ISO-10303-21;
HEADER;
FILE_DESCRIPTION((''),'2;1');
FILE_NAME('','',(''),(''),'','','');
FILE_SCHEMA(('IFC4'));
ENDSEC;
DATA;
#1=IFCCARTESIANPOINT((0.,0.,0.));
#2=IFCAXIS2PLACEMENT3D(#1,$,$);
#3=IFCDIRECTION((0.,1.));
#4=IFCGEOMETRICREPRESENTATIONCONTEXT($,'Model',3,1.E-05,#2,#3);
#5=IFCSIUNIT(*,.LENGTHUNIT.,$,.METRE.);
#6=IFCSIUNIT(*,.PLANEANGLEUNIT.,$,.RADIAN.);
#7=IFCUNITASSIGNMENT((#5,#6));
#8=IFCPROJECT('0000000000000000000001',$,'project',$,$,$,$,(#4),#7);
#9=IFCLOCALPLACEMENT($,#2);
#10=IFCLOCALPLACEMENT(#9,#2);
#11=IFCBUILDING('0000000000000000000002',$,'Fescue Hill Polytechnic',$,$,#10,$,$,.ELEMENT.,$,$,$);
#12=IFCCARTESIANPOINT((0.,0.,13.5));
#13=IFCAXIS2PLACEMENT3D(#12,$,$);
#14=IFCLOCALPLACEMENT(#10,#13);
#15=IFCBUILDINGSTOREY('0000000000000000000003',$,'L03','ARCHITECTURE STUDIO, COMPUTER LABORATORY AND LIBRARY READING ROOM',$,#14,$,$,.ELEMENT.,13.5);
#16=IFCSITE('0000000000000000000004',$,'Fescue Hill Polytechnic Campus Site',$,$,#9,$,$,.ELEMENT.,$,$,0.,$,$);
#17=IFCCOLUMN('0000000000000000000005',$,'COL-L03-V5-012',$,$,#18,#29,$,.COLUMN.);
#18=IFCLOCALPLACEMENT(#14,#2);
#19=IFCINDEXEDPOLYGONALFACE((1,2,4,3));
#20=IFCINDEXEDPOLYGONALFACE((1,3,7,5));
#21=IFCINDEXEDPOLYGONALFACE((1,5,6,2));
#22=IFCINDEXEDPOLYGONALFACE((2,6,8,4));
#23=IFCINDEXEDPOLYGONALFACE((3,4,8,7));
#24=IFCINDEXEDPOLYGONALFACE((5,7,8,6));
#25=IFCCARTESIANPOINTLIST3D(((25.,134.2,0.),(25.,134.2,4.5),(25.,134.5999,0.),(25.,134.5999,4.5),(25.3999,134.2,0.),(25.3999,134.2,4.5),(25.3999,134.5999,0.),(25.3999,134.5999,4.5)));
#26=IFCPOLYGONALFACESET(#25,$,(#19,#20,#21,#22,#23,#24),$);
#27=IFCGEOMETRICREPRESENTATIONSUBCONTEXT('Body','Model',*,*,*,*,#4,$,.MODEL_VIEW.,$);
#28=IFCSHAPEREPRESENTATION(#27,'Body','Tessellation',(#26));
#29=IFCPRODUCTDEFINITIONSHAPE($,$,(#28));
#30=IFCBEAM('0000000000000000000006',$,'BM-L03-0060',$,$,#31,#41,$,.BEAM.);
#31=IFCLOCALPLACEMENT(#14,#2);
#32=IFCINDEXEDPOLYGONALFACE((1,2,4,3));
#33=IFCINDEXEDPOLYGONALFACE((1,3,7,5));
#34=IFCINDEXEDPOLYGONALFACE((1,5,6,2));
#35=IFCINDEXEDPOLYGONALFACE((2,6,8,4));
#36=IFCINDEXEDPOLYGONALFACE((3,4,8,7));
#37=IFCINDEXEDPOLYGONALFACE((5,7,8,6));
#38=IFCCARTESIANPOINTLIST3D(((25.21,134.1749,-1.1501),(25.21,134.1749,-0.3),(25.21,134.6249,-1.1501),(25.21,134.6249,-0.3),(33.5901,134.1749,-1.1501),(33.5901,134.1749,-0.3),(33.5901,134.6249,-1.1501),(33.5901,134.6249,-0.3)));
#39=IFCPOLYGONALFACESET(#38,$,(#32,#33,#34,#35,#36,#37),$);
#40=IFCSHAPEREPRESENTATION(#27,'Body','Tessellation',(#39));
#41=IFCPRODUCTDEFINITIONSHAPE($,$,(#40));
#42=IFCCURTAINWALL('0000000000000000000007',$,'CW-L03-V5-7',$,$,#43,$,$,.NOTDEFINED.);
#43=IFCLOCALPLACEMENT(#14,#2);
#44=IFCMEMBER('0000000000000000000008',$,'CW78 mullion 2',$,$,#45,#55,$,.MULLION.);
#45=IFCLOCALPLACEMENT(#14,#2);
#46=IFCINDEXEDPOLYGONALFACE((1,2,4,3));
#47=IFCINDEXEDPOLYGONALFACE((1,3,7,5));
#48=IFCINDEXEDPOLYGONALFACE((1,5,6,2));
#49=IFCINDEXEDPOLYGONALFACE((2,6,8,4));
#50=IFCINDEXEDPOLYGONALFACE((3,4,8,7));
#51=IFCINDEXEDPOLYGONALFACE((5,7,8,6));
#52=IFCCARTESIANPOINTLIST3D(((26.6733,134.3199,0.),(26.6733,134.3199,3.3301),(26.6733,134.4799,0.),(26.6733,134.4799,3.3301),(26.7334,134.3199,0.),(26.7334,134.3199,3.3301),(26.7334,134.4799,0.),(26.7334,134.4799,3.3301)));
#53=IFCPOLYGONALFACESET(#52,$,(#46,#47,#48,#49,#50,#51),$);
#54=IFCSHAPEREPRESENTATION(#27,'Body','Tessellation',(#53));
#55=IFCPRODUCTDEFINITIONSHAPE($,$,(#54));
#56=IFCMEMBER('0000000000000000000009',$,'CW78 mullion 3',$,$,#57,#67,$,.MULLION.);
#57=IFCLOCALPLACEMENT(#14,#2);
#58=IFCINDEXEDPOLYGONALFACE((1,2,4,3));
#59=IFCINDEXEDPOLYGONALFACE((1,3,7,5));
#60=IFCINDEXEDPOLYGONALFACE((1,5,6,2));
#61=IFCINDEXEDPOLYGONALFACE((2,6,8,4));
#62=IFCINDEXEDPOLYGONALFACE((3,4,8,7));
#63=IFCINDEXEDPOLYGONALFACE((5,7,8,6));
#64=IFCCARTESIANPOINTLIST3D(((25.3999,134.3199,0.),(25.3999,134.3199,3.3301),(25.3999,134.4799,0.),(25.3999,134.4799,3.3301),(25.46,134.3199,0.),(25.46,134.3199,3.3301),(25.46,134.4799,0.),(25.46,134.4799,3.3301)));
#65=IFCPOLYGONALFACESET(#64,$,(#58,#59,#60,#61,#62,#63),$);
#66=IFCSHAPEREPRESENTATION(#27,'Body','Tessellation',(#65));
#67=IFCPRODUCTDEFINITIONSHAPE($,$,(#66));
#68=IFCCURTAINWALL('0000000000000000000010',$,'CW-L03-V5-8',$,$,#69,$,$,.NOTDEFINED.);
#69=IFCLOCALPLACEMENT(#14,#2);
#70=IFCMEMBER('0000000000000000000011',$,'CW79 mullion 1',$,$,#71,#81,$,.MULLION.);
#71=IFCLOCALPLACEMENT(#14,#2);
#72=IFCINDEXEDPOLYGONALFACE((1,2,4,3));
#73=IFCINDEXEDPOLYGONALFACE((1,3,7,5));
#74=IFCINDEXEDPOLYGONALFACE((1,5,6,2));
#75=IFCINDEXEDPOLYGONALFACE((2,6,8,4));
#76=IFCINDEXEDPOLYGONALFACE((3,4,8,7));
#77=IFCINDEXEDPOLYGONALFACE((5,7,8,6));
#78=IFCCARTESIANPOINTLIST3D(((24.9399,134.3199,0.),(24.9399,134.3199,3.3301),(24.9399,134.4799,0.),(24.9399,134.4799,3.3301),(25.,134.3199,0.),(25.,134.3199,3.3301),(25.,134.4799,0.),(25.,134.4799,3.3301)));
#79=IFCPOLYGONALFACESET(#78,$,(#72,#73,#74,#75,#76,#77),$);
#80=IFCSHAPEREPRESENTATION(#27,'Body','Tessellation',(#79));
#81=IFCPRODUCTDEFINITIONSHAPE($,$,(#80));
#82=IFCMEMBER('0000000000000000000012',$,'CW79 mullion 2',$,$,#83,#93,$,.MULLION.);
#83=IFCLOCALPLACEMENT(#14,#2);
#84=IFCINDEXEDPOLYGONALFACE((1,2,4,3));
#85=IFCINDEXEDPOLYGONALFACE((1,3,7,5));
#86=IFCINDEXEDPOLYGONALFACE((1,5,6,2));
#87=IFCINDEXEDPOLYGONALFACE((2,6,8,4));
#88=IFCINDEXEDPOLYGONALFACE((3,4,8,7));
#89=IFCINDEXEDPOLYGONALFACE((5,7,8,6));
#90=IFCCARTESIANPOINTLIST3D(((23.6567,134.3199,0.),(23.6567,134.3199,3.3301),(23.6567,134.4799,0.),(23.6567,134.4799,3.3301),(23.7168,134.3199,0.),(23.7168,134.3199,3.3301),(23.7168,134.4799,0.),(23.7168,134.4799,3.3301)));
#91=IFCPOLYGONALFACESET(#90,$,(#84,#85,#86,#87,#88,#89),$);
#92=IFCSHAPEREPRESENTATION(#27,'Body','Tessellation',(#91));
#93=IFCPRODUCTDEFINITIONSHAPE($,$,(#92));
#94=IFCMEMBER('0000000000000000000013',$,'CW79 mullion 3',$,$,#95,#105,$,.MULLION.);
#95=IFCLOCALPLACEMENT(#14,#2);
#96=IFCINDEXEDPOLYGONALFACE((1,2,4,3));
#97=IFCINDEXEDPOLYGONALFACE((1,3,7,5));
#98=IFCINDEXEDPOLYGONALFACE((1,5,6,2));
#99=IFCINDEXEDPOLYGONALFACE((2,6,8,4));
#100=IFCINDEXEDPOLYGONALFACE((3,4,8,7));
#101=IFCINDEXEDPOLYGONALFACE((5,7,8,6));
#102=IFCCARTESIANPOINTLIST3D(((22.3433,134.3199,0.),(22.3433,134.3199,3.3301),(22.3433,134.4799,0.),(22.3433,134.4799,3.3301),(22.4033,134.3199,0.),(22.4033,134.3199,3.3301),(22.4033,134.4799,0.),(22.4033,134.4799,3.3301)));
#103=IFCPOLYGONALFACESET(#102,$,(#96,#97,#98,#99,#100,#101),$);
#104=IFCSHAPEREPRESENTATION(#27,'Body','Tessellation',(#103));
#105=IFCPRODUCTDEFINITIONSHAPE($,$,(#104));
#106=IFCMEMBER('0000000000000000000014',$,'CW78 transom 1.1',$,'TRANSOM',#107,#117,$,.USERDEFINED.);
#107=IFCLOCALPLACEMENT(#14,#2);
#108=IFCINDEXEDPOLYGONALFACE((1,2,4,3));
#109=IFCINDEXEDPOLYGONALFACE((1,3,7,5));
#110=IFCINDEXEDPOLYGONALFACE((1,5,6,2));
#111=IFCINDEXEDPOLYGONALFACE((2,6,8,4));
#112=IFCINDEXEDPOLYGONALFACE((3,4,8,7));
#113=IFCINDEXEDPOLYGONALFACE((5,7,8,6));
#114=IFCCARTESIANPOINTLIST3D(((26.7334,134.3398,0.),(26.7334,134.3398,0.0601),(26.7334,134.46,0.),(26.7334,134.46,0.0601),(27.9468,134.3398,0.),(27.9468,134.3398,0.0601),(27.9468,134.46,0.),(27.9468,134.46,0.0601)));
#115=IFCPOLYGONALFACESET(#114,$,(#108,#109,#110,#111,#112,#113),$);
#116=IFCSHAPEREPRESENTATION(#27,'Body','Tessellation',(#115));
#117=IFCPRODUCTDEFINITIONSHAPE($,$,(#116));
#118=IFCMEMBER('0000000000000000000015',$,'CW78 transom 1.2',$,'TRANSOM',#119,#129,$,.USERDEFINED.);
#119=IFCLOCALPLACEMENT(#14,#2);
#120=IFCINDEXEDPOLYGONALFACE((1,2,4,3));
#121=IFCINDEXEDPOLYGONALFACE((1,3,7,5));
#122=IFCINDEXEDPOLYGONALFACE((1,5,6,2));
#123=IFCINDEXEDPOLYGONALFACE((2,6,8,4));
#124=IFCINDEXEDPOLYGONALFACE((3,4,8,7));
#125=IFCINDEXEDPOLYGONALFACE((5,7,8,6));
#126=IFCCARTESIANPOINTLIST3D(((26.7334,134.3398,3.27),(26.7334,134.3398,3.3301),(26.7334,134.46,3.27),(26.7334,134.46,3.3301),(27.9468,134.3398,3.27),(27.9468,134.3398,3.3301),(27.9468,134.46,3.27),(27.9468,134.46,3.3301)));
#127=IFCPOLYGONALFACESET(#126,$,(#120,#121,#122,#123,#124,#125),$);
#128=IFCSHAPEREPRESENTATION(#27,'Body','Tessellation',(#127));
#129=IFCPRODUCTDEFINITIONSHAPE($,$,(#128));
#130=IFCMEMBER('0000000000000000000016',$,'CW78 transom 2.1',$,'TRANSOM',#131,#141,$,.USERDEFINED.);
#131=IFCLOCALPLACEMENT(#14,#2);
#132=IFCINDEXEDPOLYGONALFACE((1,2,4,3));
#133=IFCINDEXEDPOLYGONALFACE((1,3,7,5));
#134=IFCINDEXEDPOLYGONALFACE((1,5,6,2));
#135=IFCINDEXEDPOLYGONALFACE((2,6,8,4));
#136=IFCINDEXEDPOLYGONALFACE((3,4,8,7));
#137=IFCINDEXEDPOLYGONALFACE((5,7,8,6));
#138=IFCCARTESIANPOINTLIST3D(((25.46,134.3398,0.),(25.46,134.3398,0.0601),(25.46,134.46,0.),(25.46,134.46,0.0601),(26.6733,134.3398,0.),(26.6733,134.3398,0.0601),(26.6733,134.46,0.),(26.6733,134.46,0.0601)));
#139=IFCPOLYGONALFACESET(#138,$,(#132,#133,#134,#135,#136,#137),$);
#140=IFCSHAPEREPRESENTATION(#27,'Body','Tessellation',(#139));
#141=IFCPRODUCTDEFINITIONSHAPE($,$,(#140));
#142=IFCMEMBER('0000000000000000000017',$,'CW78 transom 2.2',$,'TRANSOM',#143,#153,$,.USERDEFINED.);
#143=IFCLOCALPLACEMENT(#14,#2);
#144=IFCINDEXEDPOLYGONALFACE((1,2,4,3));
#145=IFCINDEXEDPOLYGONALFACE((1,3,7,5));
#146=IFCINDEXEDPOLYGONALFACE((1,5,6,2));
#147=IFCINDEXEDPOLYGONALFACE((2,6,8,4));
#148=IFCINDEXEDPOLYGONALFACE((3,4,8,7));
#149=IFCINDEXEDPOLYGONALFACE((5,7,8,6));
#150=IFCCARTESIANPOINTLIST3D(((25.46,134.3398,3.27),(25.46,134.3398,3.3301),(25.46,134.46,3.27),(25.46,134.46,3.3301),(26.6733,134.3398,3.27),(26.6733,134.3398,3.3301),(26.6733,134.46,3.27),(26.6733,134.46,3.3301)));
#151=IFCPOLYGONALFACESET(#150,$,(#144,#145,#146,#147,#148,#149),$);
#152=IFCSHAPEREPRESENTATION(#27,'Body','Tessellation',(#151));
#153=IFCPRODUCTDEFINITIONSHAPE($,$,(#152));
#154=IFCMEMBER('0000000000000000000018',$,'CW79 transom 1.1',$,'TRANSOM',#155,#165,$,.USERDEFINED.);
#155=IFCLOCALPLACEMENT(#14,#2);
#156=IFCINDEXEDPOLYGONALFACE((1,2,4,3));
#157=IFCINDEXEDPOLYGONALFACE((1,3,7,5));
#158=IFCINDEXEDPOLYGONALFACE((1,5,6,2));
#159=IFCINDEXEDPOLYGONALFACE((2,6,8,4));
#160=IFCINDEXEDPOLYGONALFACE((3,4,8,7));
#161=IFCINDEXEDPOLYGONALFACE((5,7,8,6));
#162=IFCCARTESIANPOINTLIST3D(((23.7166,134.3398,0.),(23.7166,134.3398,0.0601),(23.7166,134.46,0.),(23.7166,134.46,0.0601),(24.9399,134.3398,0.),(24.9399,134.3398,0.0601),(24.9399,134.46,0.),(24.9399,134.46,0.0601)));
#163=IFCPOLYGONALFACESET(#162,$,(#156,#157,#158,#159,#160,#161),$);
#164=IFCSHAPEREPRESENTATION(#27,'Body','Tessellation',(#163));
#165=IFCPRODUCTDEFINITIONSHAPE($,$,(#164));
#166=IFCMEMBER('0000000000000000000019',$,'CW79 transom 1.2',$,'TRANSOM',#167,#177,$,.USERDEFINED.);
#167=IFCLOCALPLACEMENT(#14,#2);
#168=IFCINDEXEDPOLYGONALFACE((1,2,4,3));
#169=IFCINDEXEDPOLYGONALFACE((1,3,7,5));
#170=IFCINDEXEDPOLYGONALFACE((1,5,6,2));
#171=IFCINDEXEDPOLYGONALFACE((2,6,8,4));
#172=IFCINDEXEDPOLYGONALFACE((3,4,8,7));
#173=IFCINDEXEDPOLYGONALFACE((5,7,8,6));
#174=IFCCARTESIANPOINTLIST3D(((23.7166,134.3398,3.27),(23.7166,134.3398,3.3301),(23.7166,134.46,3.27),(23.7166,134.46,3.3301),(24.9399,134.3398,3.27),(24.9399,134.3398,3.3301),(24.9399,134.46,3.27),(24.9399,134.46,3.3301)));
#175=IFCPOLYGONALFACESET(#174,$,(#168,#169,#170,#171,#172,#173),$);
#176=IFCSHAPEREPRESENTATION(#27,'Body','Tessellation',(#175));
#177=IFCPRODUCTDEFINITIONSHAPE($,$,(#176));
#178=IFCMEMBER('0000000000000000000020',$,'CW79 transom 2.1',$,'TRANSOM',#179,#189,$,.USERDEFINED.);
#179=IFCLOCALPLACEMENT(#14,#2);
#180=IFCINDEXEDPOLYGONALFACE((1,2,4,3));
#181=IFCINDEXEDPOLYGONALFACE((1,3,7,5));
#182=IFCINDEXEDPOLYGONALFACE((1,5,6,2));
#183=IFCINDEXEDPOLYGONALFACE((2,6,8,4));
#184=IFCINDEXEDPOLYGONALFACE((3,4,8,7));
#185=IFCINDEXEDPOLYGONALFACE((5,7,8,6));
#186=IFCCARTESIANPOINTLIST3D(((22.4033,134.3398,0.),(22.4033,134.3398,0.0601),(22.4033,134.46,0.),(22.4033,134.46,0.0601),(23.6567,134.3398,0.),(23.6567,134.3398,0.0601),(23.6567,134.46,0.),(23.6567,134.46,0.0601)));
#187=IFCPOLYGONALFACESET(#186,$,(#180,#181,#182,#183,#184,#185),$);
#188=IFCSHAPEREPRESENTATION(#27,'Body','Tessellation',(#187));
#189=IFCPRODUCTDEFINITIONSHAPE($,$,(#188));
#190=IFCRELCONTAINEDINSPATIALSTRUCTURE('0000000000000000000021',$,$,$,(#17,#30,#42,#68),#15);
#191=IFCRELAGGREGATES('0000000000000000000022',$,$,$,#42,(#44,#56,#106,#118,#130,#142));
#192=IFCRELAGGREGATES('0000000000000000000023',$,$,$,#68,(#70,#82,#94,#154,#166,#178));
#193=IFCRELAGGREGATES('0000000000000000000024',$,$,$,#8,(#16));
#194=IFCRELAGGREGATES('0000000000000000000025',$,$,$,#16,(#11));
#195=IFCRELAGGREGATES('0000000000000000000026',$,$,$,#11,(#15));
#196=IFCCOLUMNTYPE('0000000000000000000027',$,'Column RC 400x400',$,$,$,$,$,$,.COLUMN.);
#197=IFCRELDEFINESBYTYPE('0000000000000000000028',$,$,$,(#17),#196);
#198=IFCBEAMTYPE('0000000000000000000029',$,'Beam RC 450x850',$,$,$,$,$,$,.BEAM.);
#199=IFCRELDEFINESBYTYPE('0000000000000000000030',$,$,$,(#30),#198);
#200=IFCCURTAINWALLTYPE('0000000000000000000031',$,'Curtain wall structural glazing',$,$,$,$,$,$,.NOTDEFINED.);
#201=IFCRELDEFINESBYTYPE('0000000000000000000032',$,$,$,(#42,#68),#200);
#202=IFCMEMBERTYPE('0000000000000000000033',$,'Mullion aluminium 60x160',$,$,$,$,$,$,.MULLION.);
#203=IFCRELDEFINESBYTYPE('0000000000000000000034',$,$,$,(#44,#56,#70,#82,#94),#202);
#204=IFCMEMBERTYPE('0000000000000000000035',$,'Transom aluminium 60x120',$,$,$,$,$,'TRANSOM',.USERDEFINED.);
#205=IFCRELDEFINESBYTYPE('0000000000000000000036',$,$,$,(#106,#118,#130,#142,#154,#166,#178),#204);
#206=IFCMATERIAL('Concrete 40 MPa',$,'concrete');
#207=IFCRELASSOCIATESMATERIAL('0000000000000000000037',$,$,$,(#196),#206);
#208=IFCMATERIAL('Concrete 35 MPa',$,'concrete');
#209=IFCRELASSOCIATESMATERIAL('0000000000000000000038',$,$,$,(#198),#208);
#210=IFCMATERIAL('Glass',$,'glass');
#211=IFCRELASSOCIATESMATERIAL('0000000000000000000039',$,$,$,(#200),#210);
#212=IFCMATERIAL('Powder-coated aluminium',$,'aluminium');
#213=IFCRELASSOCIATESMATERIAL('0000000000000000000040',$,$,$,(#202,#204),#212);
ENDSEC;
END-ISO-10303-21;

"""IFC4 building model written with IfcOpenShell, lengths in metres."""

from ifc_helpers import new_model, si_unit, direction, frame, origin, origin_2d, place, context, subcontext, project, spatial, rectangle, extrude, material, material_profile, profile_set, type_object, element, aggregate, save


model = new_model("IFC4")

# Units and contexts
model_context = context("Model", 3, precision=1e-05, world=origin(), true_north=direction((0.0, 1.0)))
body_context = subcontext(model_context, "Body", "Model", "MODEL_VIEW")
ifc_project = project(units=[si_unit("LENGTHUNIT", "METRE"), si_unit("PLANEANGLEUNIT", "RADIAN")], contexts=[model_context])

# Site, building, storey
site_placement = place(None, origin())
site = spatial("IfcSite", under=ifc_project, at=site_placement, Name="Fescue Hill Polytechnic Campus Site", CompositionType="ELEMENT", RefElevation=0.0)
building_placement = place(site_placement, origin())
building = spatial("IfcBuilding", under=site, at=building_placement, Name="Fescue Hill Polytechnic", CompositionType="ELEMENT")
storey_placement = place(building_placement, frame((0.0, 0.0, 13.5)))
storey = spatial("IfcBuildingStorey", under=building, at=storey_placement, Name="L03", Description="ARCHITECTURE STUDIO, COMPUTER LABORATORY AND LIBRARY READING ROOM", CompositionType="ELEMENT", Elevation=13.5)

# Column
ifc_material_1 = material(Name="Concrete 40 MPa", Category="concrete")
ifc_material_profile_1 = material_profile(ifc_material_1, rectangle(XDim=0.3999, YDim=0.3999, at=origin_2d()), Name="RC 400x400")
ifc_profile_set_1 = profile_set([ifc_material_profile_1], Name="Concrete 40 MPa")
column_type = type_object("IfcColumnType", Name="Column RC 400x400", PredefinedType="COLUMN", material=ifc_profile_set_1)
column_placement = place(storey_placement, frame((25.2, 134.3999, 0.0), z_axis=(0.0, 0.0, 1.0), x_axis=(1.0, 0.0, 0.0)))
element("IfcColumn", 1, at=column_placement, inside=storey, type_object=column_type, Name="COL-L03-V5-012", PredefinedType="COLUMN", context=body_context, shape_type="SweptSolid", body=[
    extrude(rectangle(XDim=0.3999, YDim=0.3999, at=origin_2d()), origin(), (0.0, 0.0, 1.0), 4.5),
])

# Beam
ifc_material_2 = material(Name="Concrete 35 MPa", Category="concrete")
ifc_material_profile_2 = material_profile(ifc_material_2, rectangle(XDim=0.45, YDim=0.8501, at=origin_2d()), Name="RC 450x850")
ifc_profile_set_2 = profile_set([ifc_material_profile_2], Name="Concrete 35 MPa")
beam_type = type_object("IfcBeamType", Name="Beam RC 450x850", PredefinedType="BEAM", material=ifc_profile_set_2)
beam_placement = place(storey_placement, frame((25.21, 134.3999, -0.7251), z_axis=(1.0, 0.0, 0.0), x_axis=(0.0, 1.0, 0.0)))
element("IfcBeam", 2, at=beam_placement, inside=storey, type_object=beam_type, Name="BM-L03-0060", PredefinedType="BEAM", context=body_context, shape_type="SweptSolid", body=[
    extrude(rectangle(XDim=0.45, YDim=0.8501, at=origin_2d()), origin(), (0.0, 0.0, 1.0), 8.3801),
])

# Curtain walls, members
ifc_material_3 = material(Name="Glass", Category="glass")
curtain_wall_type = type_object("IfcCurtainWallType", Name="Curtain wall structural glazing", PredefinedType="NOTDEFINED", material=ifc_material_3)
curtain_wall_1_placement = place(storey_placement, origin())
curtain_wall_1 = element("IfcCurtainWall", 3, at=curtain_wall_1_placement, inside=storey, type_object=curtain_wall_type, Name="CW-L03-V5-7", PredefinedType="NOTDEFINED")
ifc_material_4 = material(Name="Powder-coated aluminium", Category="aluminium")
ifc_material_profile_3 = material_profile(ifc_material_4, rectangle(XDim=0.1599, YDim=0.0601, at=origin_2d()), Name="Mullion aluminium 60x160")
ifc_profile_set_3 = profile_set([ifc_material_profile_3], Name="Powder-coated aluminium")
member_type_1 = type_object("IfcMemberType", Name="Mullion aluminium 60x160", PredefinedType="MULLION", material=ifc_profile_set_3)
member_1_placement = place(storey_placement, frame((26.7034, 134.3999, 0.0), z_axis=(0.0, 0.0, 1.0), x_axis=(0.0, -1.0, 0.0)))
member_1 = element("IfcMember", 4, at=member_1_placement, type_object=member_type_1, Name="CW78 mullion 2", PredefinedType="MULLION", context=body_context, shape_type="SweptSolid", body=[
    extrude(rectangle(XDim=0.1599, YDim=0.0601, at=origin_2d()), origin(), (0.0, 0.0, 1.0), 3.3301),
])
member_2_placement = place(storey_placement, frame((25.4299, 134.3999, 0.0), z_axis=(0.0, 0.0, 1.0), x_axis=(0.0, -1.0, 0.0)))
member_2 = element("IfcMember", 5, at=member_2_placement, type_object=member_type_1, Name="CW78 mullion 3", PredefinedType="MULLION", context=body_context, shape_type="SweptSolid", body=[
    extrude(rectangle(XDim=0.1599, YDim=0.0601, at=origin_2d()), origin(), (0.0, 0.0, 1.0), 3.3301),
])
curtain_wall_2_placement = place(storey_placement, origin())
curtain_wall_2 = element("IfcCurtainWall", 6, at=curtain_wall_2_placement, inside=storey, type_object=curtain_wall_type, Name="CW-L03-V5-8", PredefinedType="NOTDEFINED")
member_3_placement = place(storey_placement, frame((24.97, 134.3999, 0.0), z_axis=(0.0, 0.0, 1.0), x_axis=(0.0, -1.0, 0.0)))
member_3 = element("IfcMember", 7, at=member_3_placement, type_object=member_type_1, Name="CW79 mullion 1", PredefinedType="MULLION", context=body_context, shape_type="SweptSolid", body=[
    extrude(rectangle(XDim=0.1599, YDim=0.0601, at=origin_2d()), origin(), (0.0, 0.0, 1.0), 3.3301),
])
member_4_placement = place(storey_placement, frame((23.6868, 134.3999, 0.0), z_axis=(0.0, 0.0, 1.0), x_axis=(0.0, -1.0, 0.0)))
member_4 = element("IfcMember", 8, at=member_4_placement, type_object=member_type_1, Name="CW79 mullion 2", PredefinedType="MULLION", context=body_context, shape_type="SweptSolid", body=[
    extrude(rectangle(XDim=0.1599, YDim=0.0601, at=origin_2d()), origin(), (0.0, 0.0, 1.0), 3.3301),
])
member_5_placement = place(storey_placement, frame((22.3733, 134.3999, 0.0), z_axis=(0.0, 0.0, 1.0), x_axis=(0.0, -1.0, 0.0)))
member_5 = element("IfcMember", 9, at=member_5_placement, type_object=member_type_1, Name="CW79 mullion 3", PredefinedType="MULLION", context=body_context, shape_type="SweptSolid", body=[
    extrude(rectangle(XDim=0.1599, YDim=0.0601, at=origin_2d()), origin(), (0.0, 0.0, 1.0), 3.3301),
])

# Members
ifc_material_profile_4 = material_profile(ifc_material_4, rectangle(XDim=0.1201, YDim=0.0601, at=origin_2d()), Name="Transom aluminium 60x120")
ifc_profile_set_4 = profile_set([ifc_material_profile_4], Name="Powder-coated aluminium")
member_type_2 = type_object("IfcMemberType", Name="Transom aluminium 60x120", ElementType="TRANSOM", PredefinedType="USERDEFINED", material=ifc_profile_set_4)
member_6_placement = place(storey_placement, frame((27.9468, 134.3999, 0.03), z_axis=(-1.0, 0.0, 0.0), x_axis=(0.0, -1.0, 0.0)))
member_6 = element("IfcMember", 10, at=member_6_placement, type_object=member_type_2, Name="CW78 transom 1.1", ObjectType="TRANSOM", PredefinedType="USERDEFINED", context=body_context, shape_type="SweptSolid", body=[
    extrude(rectangle(XDim=0.1201, YDim=0.0601, at=origin_2d()), origin(), (0.0, 0.0, 1.0), 1.2134),
])
member_7_placement = place(storey_placement, frame((27.9468, 134.3999, 3.3), z_axis=(-1.0, 0.0, 0.0), x_axis=(0.0, -1.0, 0.0)))
member_7 = element("IfcMember", 11, at=member_7_placement, type_object=member_type_2, Name="CW78 transom 1.2", ObjectType="TRANSOM", PredefinedType="USERDEFINED", context=body_context, shape_type="SweptSolid", body=[
    extrude(rectangle(XDim=0.1201, YDim=0.0601, at=origin_2d()), origin(), (0.0, 0.0, 1.0), 1.2134),
])
member_8_placement = place(storey_placement, frame((26.6733, 134.3999, 0.03), z_axis=(-1.0, 0.0, 0.0), x_axis=(0.0, -1.0, 0.0)))
member_8 = element("IfcMember", 12, at=member_8_placement, type_object=member_type_2, Name="CW78 transom 2.1", ObjectType="TRANSOM", PredefinedType="USERDEFINED", context=body_context, shape_type="SweptSolid", body=[
    extrude(rectangle(XDim=0.1201, YDim=0.0601, at=origin_2d()), origin(), (0.0, 0.0, 1.0), 1.2134),
])
member_9_placement = place(storey_placement, frame((26.6733, 134.3999, 3.3), z_axis=(-1.0, 0.0, 0.0), x_axis=(0.0, -1.0, 0.0)))
member_9 = element("IfcMember", 13, at=member_9_placement, type_object=member_type_2, Name="CW78 transom 2.2", ObjectType="TRANSOM", PredefinedType="USERDEFINED", context=body_context, shape_type="SweptSolid", body=[
    extrude(rectangle(XDim=0.1201, YDim=0.0601, at=origin_2d()), origin(), (0.0, 0.0, 1.0), 1.2134),
])
member_10_placement = place(storey_placement, frame((24.9399, 134.3999, 0.03), z_axis=(-1.0, 0.0, 0.0), x_axis=(0.0, -1.0, 0.0)))
member_10 = element("IfcMember", 14, at=member_10_placement, type_object=member_type_2, Name="CW79 transom 1.1", ObjectType="TRANSOM", PredefinedType="USERDEFINED", context=body_context, shape_type="SweptSolid", body=[
    extrude(rectangle(XDim=0.1201, YDim=0.0601, at=origin_2d()), origin(), (0.0, 0.0, 1.0), 1.2234),
])
member_11_placement = place(storey_placement, frame((24.9399, 134.3999, 3.3), z_axis=(-1.0, 0.0, 0.0), x_axis=(0.0, -1.0, 0.0)))
member_11 = element("IfcMember", 15, at=member_11_placement, type_object=member_type_2, Name="CW79 transom 1.2", ObjectType="TRANSOM", PredefinedType="USERDEFINED", context=body_context, shape_type="SweptSolid", body=[
    extrude(rectangle(XDim=0.1201, YDim=0.0601, at=origin_2d()), origin(), (0.0, 0.0, 1.0), 1.2234),
])
member_12_placement = place(storey_placement, frame((23.6567, 134.3999, 0.03), z_axis=(-1.0, 0.0, 0.0), x_axis=(0.0, -1.0, 0.0)))
member_12 = element("IfcMember", 16, at=member_12_placement, type_object=member_type_2, Name="CW79 transom 2.1", ObjectType="TRANSOM", PredefinedType="USERDEFINED", context=body_context, shape_type="SweptSolid", body=[
    extrude(rectangle(XDim=0.1201, YDim=0.0601, at=origin_2d()), origin(), (0.0, 0.0, 1.0), 1.2534),
])

aggregate(curtain_wall_1, [member_1, member_2, member_6, member_7, member_8, member_9])
aggregate(curtain_wall_2, [member_3, member_4, member_5, member_10, member_11, member_12])

save(model, "model.ifc")
